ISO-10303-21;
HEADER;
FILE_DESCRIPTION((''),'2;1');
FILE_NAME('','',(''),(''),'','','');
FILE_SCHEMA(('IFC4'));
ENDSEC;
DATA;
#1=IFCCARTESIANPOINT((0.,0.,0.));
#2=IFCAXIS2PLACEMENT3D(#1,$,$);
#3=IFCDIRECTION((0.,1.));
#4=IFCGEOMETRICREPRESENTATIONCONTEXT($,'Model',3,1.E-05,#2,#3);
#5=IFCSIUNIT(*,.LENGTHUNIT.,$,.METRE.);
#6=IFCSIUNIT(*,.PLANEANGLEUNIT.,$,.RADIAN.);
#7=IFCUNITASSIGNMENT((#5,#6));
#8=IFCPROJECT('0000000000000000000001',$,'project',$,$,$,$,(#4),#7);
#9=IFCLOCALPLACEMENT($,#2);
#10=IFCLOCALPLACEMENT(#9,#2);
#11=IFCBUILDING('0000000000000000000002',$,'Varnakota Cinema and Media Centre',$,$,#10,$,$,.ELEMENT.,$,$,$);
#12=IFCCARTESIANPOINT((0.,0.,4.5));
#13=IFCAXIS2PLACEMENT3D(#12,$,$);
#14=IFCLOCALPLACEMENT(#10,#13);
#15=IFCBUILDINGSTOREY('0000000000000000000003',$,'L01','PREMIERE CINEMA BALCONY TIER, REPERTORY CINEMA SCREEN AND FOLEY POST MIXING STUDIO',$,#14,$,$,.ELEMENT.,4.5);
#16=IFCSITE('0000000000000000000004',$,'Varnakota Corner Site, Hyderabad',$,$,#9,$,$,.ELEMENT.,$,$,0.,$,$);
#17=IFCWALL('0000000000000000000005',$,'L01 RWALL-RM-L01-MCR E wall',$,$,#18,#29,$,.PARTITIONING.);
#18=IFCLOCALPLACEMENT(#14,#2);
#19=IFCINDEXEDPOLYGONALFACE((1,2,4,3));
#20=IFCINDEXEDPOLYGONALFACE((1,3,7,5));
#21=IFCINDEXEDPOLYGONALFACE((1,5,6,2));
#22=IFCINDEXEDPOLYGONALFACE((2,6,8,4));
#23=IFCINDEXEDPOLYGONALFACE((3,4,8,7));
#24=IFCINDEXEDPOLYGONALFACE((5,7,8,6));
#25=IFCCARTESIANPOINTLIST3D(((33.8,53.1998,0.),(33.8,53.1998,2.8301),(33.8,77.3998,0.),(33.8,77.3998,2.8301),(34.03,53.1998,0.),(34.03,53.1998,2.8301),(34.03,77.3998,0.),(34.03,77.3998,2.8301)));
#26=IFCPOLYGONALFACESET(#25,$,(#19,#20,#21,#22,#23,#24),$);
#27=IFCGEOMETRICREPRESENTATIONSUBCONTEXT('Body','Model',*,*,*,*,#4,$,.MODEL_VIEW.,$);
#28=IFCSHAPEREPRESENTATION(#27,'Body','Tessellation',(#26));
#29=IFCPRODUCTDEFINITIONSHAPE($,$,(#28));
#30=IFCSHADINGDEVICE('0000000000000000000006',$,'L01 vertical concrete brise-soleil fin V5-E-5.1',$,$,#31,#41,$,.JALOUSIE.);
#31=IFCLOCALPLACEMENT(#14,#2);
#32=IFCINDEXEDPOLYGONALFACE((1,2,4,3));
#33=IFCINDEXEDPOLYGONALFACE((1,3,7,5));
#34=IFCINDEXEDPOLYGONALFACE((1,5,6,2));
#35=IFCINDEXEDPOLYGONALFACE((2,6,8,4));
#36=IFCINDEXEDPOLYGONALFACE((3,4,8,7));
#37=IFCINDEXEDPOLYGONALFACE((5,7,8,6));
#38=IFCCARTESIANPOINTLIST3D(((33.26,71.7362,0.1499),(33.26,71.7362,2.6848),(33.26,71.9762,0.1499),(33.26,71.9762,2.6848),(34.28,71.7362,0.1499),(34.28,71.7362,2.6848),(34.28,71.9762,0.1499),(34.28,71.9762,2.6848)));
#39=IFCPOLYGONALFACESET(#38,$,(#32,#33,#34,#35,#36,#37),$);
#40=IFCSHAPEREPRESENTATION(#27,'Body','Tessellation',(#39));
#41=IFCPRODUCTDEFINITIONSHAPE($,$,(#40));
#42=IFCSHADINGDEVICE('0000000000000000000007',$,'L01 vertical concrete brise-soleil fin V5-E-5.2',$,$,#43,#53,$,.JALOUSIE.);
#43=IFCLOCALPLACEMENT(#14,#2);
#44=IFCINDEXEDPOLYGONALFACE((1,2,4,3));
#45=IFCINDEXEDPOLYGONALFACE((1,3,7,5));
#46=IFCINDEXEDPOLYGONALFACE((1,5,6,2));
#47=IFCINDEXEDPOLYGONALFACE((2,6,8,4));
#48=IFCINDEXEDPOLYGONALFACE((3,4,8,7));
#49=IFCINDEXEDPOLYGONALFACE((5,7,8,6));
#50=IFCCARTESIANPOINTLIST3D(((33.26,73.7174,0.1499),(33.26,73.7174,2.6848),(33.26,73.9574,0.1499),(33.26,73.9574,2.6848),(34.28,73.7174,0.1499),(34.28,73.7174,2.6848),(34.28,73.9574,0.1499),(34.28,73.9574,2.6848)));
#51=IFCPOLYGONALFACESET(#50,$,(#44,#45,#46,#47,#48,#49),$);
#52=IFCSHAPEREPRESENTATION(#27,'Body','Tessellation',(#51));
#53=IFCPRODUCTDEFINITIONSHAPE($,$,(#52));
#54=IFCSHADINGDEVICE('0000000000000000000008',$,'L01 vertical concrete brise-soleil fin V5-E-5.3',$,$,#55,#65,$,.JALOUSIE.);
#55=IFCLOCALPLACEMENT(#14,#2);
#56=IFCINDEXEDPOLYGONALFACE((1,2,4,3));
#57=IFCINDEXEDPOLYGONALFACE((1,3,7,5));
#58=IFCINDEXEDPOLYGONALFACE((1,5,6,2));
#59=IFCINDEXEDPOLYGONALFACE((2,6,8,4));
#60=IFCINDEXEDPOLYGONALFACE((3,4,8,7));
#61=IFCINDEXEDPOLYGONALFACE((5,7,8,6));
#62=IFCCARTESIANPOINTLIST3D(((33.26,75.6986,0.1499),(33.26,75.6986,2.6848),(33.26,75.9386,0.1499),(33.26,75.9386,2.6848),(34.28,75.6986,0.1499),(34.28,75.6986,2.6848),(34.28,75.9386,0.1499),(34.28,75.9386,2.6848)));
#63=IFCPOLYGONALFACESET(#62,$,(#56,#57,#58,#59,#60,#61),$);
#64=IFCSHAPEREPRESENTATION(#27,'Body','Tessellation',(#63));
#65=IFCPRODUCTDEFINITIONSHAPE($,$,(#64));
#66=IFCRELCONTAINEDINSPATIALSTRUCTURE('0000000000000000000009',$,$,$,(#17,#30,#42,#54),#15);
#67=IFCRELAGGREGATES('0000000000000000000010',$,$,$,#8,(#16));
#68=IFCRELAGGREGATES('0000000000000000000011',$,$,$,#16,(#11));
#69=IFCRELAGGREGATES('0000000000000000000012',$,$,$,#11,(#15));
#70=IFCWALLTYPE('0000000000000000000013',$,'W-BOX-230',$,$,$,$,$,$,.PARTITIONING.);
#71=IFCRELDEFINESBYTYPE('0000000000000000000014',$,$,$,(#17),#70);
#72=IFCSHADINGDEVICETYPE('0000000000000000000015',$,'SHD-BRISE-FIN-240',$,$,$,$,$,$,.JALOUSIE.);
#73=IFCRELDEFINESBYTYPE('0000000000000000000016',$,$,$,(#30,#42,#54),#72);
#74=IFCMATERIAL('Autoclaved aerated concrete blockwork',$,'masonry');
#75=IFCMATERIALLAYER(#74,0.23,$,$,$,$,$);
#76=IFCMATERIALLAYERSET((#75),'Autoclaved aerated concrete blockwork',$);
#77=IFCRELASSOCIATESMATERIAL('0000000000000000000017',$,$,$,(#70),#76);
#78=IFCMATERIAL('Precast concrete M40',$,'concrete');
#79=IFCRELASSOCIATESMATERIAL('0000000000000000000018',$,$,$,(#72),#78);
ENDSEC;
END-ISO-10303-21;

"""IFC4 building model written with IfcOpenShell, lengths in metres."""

from ifc_helpers import new_model, si_unit, direction, frame, frame_2d, origin, origin_2d, place, context, subcontext, project, spatial, rectangle, extrude, material, layer, layer_set, type_object, element, save


model = new_model("IFC4")

# Units and contexts
model_context = context("Model", 3, precision=1e-05, world=origin(), true_north=direction((0.0, 1.0)))
body_context = subcontext(model_context, "Body", "Model", "MODEL_VIEW")
ifc_project = project(units=[si_unit("LENGTHUNIT", "METRE"), si_unit("PLANEANGLEUNIT", "RADIAN")], contexts=[model_context])

# Site, building, storey
site_placement = place(None, origin())
site = spatial("IfcSite", under=ifc_project, at=site_placement, Name="Varnakota Corner Site, Hyderabad", CompositionType="ELEMENT", RefElevation=0.0)
building_placement = place(site_placement, origin())
building = spatial("IfcBuilding", under=site, at=building_placement, Name="Varnakota Cinema and Media Centre", CompositionType="ELEMENT")
storey_placement = place(building_placement, frame((0.0, 0.0, 4.5)))
storey = spatial("IfcBuildingStorey", under=building, at=storey_placement, Name="L01", Description="PREMIERE CINEMA BALCONY TIER, REPERTORY CINEMA SCREEN AND FOLEY POST MIXING STUDIO", CompositionType="ELEMENT", Elevation=4.5)

# Wall
ifc_material_1 = material(Name="Autoclaved aerated concrete blockwork", Category="masonry")
ifc_layer_1 = layer(ifc_material_1, 0.23)
ifc_layer_set_1 = layer_set([ifc_layer_1], Name="Autoclaved aerated concrete blockwork")
wall_type_1 = type_object("IfcWallType", Name="W-BOX-230", PredefinedType="PARTITIONING", material=ifc_layer_set_1)
wall_1_placement = place(storey_placement, frame((33.915, 77.3999, 0.0), z_axis=(0.0, 0.0, 1.0), x_axis=(0.0, -1.0, 0.0)))
element("IfcWall", 1, at=wall_1_placement, inside=storey, type_object=wall_type_1, Name="L01 RWALL-RM-L01-MCR E wall", PredefinedType="PARTITIONING", context=body_context, shape_type="SweptSolid", body=[
    extrude(rectangle(XDim=24.2, YDim=0.23, at=frame_2d((12.1001, 0.0))), origin(), (0.0, 0.0, 1.0), 2.8301),
])

# Shading devices
ifc_material_2 = material(Name="Precast concrete M40", Category="concrete")
shading_device_type = type_object("IfcShadingDeviceType", Name="SHD-BRISE-FIN-240", PredefinedType="JALOUSIE", material=ifc_material_2)
for number, where, z_axis, x_axis, name in (
    (2, (33.77, 71.8562, 0.1499), (0.0, 0.0, 1.0), (0.0, 1.0, 0.0), "L01 vertical concrete brise-soleil fin V5-E-5.1"),
    (3, (33.77, 73.8374, 0.1499), (0.0, 0.0, 1.0), (0.0, 1.0, 0.0), "L01 vertical concrete brise-soleil fin V5-E-5.2"),
    (4, (33.77, 75.8186, 0.1499), (0.0, 0.0, 1.0), (0.0, 1.0, 0.0), "L01 vertical concrete brise-soleil fin V5-E-5.3"),
):
    element("IfcShadingDevice", number, at=place(storey_placement, frame(where, z_axis=z_axis, x_axis=x_axis)), inside=storey, type_object=shading_device_type, Name=name, PredefinedType="JALOUSIE", context=body_context, shape_type="SweptSolid", body=[
        extrude(rectangle(XDim=0.24, YDim=1.02, at=origin_2d()), origin(), (0.0, 0.0, 1.0), 2.5349),
    ])

save(model, "model.ifc")
